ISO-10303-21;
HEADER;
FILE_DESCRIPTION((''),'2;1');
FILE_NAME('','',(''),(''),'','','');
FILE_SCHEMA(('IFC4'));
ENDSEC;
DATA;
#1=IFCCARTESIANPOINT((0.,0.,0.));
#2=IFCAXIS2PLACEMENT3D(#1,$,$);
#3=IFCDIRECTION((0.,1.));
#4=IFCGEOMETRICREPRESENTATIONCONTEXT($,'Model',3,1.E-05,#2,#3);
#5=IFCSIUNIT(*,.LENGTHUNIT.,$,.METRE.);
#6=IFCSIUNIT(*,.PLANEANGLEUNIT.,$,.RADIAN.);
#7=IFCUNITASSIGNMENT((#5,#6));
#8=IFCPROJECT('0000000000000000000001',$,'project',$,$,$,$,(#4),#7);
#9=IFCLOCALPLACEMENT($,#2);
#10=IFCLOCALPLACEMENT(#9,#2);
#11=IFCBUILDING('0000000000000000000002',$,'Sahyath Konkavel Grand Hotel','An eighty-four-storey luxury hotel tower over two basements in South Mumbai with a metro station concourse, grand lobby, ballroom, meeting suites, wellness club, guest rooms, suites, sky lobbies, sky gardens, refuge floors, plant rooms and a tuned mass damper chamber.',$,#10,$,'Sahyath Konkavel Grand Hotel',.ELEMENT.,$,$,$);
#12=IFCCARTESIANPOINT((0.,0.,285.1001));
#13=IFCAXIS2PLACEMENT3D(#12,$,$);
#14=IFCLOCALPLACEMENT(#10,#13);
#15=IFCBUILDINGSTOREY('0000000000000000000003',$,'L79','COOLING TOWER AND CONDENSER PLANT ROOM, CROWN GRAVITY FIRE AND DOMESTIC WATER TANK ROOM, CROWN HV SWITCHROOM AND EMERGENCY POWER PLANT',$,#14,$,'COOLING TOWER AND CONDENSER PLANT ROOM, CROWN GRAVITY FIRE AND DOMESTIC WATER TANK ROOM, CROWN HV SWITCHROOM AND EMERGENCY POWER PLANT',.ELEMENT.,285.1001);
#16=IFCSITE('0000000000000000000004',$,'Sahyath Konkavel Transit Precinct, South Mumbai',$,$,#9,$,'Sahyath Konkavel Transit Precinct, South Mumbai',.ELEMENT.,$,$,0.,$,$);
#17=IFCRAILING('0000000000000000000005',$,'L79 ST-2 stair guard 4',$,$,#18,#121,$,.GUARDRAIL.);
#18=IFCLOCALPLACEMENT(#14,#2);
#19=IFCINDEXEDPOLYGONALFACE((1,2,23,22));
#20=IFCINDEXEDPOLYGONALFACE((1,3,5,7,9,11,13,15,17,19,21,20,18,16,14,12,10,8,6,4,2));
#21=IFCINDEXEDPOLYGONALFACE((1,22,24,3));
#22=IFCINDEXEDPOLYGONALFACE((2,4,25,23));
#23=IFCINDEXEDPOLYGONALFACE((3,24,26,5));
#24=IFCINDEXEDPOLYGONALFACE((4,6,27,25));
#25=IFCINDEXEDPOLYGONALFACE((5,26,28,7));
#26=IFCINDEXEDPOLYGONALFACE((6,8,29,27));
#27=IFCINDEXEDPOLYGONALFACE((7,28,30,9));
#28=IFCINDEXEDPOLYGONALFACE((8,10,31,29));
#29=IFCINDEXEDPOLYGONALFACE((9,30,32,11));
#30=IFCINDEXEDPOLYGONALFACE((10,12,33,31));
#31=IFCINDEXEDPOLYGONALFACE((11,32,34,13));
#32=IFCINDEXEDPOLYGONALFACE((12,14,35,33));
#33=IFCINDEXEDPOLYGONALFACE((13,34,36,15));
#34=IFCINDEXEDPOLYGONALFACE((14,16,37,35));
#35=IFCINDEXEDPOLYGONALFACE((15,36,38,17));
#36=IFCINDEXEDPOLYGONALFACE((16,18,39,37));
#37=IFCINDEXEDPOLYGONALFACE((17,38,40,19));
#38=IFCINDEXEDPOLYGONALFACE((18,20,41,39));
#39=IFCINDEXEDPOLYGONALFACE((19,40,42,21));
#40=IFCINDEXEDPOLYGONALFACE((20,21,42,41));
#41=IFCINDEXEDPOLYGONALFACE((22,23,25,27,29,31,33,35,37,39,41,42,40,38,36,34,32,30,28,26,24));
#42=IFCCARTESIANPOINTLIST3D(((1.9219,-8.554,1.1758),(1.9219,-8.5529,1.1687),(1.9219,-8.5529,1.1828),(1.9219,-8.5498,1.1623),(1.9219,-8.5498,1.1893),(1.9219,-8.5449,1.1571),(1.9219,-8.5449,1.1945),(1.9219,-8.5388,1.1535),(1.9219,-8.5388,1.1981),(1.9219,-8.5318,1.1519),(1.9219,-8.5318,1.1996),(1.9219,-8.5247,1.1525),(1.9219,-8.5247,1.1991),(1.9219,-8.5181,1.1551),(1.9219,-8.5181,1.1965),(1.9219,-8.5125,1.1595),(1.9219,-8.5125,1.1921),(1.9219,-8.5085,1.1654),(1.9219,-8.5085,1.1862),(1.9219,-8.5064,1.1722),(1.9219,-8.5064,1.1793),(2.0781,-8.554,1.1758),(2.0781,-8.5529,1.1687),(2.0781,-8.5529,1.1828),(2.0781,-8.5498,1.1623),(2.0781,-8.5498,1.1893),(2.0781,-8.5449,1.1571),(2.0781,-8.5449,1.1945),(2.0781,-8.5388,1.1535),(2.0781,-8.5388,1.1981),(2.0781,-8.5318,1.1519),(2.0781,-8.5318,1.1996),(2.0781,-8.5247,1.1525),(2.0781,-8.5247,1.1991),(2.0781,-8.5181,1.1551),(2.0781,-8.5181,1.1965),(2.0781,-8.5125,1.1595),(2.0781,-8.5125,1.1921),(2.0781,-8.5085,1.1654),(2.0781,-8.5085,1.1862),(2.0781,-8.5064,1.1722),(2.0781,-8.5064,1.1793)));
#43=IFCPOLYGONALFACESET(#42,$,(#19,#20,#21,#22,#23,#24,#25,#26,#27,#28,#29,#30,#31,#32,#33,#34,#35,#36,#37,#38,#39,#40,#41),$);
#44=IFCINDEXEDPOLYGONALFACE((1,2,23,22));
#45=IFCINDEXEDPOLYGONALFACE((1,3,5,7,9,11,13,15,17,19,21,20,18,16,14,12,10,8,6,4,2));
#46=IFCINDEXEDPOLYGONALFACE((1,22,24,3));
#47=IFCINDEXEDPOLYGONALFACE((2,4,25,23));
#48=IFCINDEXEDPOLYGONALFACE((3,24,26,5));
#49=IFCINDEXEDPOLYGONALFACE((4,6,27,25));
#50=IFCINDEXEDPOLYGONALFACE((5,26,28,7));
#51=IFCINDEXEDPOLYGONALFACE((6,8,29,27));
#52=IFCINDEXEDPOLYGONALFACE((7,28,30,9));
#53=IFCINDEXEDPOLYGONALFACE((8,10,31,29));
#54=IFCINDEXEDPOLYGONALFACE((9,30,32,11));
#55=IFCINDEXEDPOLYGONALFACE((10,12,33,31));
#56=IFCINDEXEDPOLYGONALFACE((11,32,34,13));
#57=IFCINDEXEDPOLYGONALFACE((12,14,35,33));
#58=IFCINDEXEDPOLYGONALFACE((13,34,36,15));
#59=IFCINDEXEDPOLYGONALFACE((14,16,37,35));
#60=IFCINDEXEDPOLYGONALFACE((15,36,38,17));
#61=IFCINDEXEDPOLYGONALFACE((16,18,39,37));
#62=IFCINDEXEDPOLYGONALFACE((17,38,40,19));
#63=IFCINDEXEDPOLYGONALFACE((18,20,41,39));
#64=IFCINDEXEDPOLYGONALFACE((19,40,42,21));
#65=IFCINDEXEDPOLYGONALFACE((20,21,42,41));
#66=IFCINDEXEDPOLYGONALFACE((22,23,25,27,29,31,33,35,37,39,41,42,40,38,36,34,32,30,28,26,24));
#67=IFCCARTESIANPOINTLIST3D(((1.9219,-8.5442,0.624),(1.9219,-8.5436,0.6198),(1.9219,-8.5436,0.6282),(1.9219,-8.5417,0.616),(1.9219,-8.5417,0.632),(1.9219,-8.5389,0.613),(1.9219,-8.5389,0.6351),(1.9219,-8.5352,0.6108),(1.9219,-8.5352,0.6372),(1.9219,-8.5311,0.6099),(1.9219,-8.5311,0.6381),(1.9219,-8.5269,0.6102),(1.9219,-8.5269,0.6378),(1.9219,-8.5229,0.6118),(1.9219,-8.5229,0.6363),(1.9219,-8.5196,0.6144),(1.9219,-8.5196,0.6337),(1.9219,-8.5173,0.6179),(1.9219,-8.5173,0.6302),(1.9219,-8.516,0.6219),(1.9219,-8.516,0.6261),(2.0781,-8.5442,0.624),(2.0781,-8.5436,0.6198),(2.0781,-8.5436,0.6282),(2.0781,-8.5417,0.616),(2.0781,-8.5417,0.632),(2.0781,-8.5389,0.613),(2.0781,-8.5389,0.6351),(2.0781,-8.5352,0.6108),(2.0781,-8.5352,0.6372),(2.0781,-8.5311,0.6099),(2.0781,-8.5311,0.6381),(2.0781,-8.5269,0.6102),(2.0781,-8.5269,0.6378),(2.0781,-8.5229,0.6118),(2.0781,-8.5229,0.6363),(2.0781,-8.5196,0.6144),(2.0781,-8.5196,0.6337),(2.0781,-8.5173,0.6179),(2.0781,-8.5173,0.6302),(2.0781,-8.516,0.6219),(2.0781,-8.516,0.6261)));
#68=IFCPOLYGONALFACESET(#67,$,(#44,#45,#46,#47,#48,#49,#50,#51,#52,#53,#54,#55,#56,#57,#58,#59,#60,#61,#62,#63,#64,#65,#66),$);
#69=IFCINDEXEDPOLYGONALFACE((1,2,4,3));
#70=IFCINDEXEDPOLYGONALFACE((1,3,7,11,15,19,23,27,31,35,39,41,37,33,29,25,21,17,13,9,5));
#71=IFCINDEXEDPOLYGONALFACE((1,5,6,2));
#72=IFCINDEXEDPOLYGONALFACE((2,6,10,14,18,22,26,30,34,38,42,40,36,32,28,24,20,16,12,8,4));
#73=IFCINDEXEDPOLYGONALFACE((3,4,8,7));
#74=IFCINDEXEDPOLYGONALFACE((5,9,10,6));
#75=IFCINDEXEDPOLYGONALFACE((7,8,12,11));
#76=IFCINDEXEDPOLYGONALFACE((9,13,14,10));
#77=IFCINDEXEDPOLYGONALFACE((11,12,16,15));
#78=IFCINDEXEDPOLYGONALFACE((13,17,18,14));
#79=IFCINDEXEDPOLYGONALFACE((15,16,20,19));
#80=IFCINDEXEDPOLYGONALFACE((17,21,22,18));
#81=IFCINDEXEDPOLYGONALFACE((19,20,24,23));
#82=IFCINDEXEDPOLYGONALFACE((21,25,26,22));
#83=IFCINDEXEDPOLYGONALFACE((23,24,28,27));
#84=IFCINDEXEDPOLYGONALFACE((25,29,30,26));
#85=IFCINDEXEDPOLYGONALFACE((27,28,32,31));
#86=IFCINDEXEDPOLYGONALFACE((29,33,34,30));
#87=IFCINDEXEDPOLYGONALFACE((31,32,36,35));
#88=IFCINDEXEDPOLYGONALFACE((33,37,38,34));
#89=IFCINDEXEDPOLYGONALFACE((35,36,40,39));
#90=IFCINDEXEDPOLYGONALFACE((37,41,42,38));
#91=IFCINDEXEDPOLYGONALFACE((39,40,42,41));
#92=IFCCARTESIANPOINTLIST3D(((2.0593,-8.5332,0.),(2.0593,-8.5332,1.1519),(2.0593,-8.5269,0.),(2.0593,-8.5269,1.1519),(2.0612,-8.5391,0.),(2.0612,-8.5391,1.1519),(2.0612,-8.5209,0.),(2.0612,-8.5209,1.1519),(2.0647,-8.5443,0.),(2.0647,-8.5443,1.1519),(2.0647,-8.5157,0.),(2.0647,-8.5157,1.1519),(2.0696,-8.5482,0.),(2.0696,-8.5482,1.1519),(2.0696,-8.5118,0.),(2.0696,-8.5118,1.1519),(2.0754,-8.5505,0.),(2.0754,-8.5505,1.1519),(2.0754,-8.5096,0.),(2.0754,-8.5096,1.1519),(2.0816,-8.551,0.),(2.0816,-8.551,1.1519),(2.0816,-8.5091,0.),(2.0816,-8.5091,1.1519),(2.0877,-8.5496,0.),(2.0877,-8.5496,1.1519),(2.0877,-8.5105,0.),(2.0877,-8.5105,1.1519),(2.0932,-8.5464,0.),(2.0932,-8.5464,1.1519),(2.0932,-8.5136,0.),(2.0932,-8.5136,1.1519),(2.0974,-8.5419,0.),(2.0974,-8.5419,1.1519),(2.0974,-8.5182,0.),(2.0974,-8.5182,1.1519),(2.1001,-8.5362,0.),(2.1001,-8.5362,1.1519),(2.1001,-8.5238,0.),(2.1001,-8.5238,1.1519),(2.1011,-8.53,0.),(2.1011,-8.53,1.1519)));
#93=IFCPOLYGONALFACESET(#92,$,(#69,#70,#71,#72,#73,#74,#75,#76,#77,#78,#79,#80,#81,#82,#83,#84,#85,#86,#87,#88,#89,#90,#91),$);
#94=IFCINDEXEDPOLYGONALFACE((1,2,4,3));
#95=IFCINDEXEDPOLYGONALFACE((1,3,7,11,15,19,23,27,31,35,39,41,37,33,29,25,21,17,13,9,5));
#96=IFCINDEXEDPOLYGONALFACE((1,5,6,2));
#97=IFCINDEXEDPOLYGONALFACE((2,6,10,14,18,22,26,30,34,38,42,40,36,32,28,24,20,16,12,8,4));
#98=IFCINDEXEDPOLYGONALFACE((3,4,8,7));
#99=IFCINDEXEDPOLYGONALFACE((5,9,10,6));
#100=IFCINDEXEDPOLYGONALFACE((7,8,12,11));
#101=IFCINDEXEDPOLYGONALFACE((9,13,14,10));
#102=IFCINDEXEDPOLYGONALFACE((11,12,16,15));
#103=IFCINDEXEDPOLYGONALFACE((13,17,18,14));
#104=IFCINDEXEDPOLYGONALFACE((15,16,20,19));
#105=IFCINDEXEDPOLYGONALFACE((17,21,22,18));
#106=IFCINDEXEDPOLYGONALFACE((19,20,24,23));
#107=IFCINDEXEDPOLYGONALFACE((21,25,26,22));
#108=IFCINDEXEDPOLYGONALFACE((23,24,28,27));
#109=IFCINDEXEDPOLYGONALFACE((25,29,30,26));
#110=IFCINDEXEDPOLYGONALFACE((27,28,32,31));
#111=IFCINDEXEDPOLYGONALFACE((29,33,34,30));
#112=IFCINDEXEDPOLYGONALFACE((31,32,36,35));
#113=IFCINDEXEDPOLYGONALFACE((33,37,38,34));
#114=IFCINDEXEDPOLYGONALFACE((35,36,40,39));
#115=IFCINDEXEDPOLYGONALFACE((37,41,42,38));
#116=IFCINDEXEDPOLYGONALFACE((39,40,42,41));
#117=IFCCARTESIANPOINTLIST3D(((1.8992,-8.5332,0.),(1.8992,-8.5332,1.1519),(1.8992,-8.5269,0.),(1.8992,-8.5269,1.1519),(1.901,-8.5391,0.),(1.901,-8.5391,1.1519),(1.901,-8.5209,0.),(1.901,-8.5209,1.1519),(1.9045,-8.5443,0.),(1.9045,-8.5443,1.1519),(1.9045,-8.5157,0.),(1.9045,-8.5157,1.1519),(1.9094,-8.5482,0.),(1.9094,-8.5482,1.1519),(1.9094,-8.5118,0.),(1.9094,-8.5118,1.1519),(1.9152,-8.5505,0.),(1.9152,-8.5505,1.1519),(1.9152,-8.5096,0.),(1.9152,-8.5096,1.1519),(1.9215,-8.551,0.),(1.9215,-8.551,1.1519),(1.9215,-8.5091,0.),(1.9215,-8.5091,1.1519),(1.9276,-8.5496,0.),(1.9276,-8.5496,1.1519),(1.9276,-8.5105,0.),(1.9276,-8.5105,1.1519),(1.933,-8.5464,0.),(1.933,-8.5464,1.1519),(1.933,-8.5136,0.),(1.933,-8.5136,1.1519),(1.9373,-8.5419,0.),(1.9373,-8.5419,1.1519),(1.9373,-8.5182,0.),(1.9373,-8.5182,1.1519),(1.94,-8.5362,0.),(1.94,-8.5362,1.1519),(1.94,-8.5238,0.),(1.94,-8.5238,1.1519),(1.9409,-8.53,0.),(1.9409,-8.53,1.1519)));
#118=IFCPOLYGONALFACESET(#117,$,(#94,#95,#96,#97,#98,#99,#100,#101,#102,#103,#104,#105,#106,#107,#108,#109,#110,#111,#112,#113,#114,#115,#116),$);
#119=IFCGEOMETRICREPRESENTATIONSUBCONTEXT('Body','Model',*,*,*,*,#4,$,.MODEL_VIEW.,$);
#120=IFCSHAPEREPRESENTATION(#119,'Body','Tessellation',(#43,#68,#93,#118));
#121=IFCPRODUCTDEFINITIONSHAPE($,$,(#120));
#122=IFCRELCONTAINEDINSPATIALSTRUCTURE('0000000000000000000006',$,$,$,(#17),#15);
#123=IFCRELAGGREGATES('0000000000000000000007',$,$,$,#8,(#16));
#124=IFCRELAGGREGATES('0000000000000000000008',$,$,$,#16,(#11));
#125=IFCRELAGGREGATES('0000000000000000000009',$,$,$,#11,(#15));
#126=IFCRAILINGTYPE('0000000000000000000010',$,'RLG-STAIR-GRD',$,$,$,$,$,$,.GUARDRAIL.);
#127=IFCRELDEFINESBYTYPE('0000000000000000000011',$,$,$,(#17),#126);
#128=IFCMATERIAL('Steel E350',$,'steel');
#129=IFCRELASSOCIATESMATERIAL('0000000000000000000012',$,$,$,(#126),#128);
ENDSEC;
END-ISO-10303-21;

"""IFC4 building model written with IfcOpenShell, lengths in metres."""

from ifc_helpers import new_model, si_unit, direction, frame, origin, origin_2d, place, context, subcontext, project, spatial, circle, extrude, material, type_object, element, save


model = new_model("IFC4")

# Units and contexts
model_context = context("Model", 3, precision=1e-05, world=origin(), true_north=direction((0.0, 1.0)))
body_context = subcontext(model_context, "Body", "Model", "MODEL_VIEW")
ifc_project = project(units=[si_unit("LENGTHUNIT", "METRE"), si_unit("PLANEANGLEUNIT", "RADIAN")], contexts=[model_context])

# Site, building, storey
site_placement = place(None, origin())
site = spatial("IfcSite", under=ifc_project, at=site_placement, Name="Sahyath Konkavel Transit Precinct, South Mumbai", LongName="Sahyath Konkavel Transit Precinct, South Mumbai", CompositionType="ELEMENT", RefElevation=0.0)
building_placement = place(site_placement, origin())
building = spatial("IfcBuilding", under=site, at=building_placement, Name="Sahyath Konkavel Grand Hotel", Description="An eighty-four-storey luxury hotel tower over two basements in South Mumbai with a metro station concourse, grand lobby, ballroom, meeting suites, wellness club, guest rooms, suites, sky lobbies, sky gardens, refuge floors, plant rooms and a tuned mass damper chamber.", LongName="Sahyath Konkavel Grand Hotel", CompositionType="ELEMENT")
storey_placement = place(building_placement, frame((0.0, 0.0, 285.1001)))
storey = spatial("IfcBuildingStorey", under=building, at=storey_placement, Name="L79", Description="COOLING TOWER AND CONDENSER PLANT ROOM, CROWN GRAVITY FIRE AND DOMESTIC WATER TANK ROOM, CROWN HV SWITCHROOM AND EMERGENCY POWER PLANT", LongName="COOLING TOWER AND CONDENSER PLANT ROOM, CROWN GRAVITY FIRE AND DOMESTIC WATER TANK ROOM, CROWN HV SWITCHROOM AND EMERGENCY POWER PLANT", CompositionType="ELEMENT", Elevation=285.1001)

# Shared definitions
ifc_material_1 = material(Name="Steel E350", Category="steel")

# Railing
railing_type_1 = type_object("IfcRailingType", Name="RLG-STAIR-GRD", PredefinedType="GUARDRAIL", material=ifc_material_1)
railing_1_placement = place(storey_placement, frame((2.0801, -8.53, 0.0)))
element("IfcRailing", 1, at=railing_1_placement, inside=storey, type_object=railing_type_1, Name="L79 ST-2 stair guard 4", PredefinedType="GUARDRAIL", context=body_context, shape_type="SweptSolid", body=[
    extrude(circle(Radius=0.0239, at=origin_2d()), frame((-0.002, 0.0, 1.1758), z_axis=(-1.0, 0.0, 0.0), x_axis=(0.0, -1.0, 0.0)), (0.0, 0.0, 1.0), 0.1562),
    extrude(circle(Radius=0.0142, at=origin_2d()), frame((-0.002, 0.0, 0.624), z_axis=(-1.0, 0.0, 0.0), x_axis=(0.0, -1.0, 0.0)), (0.0, 0.0, 1.0), 0.1562),
    extrude(circle(Radius=0.021, at=origin_2d()), origin(), (0.0, 0.0, 1.0), 1.1519),
    extrude(circle(Radius=0.021, at=origin_2d()), frame((-0.1602, 0.0, 0.0)), (0.0, 0.0, 1.0), 1.1519),
])

save(model, "model.ifc")
